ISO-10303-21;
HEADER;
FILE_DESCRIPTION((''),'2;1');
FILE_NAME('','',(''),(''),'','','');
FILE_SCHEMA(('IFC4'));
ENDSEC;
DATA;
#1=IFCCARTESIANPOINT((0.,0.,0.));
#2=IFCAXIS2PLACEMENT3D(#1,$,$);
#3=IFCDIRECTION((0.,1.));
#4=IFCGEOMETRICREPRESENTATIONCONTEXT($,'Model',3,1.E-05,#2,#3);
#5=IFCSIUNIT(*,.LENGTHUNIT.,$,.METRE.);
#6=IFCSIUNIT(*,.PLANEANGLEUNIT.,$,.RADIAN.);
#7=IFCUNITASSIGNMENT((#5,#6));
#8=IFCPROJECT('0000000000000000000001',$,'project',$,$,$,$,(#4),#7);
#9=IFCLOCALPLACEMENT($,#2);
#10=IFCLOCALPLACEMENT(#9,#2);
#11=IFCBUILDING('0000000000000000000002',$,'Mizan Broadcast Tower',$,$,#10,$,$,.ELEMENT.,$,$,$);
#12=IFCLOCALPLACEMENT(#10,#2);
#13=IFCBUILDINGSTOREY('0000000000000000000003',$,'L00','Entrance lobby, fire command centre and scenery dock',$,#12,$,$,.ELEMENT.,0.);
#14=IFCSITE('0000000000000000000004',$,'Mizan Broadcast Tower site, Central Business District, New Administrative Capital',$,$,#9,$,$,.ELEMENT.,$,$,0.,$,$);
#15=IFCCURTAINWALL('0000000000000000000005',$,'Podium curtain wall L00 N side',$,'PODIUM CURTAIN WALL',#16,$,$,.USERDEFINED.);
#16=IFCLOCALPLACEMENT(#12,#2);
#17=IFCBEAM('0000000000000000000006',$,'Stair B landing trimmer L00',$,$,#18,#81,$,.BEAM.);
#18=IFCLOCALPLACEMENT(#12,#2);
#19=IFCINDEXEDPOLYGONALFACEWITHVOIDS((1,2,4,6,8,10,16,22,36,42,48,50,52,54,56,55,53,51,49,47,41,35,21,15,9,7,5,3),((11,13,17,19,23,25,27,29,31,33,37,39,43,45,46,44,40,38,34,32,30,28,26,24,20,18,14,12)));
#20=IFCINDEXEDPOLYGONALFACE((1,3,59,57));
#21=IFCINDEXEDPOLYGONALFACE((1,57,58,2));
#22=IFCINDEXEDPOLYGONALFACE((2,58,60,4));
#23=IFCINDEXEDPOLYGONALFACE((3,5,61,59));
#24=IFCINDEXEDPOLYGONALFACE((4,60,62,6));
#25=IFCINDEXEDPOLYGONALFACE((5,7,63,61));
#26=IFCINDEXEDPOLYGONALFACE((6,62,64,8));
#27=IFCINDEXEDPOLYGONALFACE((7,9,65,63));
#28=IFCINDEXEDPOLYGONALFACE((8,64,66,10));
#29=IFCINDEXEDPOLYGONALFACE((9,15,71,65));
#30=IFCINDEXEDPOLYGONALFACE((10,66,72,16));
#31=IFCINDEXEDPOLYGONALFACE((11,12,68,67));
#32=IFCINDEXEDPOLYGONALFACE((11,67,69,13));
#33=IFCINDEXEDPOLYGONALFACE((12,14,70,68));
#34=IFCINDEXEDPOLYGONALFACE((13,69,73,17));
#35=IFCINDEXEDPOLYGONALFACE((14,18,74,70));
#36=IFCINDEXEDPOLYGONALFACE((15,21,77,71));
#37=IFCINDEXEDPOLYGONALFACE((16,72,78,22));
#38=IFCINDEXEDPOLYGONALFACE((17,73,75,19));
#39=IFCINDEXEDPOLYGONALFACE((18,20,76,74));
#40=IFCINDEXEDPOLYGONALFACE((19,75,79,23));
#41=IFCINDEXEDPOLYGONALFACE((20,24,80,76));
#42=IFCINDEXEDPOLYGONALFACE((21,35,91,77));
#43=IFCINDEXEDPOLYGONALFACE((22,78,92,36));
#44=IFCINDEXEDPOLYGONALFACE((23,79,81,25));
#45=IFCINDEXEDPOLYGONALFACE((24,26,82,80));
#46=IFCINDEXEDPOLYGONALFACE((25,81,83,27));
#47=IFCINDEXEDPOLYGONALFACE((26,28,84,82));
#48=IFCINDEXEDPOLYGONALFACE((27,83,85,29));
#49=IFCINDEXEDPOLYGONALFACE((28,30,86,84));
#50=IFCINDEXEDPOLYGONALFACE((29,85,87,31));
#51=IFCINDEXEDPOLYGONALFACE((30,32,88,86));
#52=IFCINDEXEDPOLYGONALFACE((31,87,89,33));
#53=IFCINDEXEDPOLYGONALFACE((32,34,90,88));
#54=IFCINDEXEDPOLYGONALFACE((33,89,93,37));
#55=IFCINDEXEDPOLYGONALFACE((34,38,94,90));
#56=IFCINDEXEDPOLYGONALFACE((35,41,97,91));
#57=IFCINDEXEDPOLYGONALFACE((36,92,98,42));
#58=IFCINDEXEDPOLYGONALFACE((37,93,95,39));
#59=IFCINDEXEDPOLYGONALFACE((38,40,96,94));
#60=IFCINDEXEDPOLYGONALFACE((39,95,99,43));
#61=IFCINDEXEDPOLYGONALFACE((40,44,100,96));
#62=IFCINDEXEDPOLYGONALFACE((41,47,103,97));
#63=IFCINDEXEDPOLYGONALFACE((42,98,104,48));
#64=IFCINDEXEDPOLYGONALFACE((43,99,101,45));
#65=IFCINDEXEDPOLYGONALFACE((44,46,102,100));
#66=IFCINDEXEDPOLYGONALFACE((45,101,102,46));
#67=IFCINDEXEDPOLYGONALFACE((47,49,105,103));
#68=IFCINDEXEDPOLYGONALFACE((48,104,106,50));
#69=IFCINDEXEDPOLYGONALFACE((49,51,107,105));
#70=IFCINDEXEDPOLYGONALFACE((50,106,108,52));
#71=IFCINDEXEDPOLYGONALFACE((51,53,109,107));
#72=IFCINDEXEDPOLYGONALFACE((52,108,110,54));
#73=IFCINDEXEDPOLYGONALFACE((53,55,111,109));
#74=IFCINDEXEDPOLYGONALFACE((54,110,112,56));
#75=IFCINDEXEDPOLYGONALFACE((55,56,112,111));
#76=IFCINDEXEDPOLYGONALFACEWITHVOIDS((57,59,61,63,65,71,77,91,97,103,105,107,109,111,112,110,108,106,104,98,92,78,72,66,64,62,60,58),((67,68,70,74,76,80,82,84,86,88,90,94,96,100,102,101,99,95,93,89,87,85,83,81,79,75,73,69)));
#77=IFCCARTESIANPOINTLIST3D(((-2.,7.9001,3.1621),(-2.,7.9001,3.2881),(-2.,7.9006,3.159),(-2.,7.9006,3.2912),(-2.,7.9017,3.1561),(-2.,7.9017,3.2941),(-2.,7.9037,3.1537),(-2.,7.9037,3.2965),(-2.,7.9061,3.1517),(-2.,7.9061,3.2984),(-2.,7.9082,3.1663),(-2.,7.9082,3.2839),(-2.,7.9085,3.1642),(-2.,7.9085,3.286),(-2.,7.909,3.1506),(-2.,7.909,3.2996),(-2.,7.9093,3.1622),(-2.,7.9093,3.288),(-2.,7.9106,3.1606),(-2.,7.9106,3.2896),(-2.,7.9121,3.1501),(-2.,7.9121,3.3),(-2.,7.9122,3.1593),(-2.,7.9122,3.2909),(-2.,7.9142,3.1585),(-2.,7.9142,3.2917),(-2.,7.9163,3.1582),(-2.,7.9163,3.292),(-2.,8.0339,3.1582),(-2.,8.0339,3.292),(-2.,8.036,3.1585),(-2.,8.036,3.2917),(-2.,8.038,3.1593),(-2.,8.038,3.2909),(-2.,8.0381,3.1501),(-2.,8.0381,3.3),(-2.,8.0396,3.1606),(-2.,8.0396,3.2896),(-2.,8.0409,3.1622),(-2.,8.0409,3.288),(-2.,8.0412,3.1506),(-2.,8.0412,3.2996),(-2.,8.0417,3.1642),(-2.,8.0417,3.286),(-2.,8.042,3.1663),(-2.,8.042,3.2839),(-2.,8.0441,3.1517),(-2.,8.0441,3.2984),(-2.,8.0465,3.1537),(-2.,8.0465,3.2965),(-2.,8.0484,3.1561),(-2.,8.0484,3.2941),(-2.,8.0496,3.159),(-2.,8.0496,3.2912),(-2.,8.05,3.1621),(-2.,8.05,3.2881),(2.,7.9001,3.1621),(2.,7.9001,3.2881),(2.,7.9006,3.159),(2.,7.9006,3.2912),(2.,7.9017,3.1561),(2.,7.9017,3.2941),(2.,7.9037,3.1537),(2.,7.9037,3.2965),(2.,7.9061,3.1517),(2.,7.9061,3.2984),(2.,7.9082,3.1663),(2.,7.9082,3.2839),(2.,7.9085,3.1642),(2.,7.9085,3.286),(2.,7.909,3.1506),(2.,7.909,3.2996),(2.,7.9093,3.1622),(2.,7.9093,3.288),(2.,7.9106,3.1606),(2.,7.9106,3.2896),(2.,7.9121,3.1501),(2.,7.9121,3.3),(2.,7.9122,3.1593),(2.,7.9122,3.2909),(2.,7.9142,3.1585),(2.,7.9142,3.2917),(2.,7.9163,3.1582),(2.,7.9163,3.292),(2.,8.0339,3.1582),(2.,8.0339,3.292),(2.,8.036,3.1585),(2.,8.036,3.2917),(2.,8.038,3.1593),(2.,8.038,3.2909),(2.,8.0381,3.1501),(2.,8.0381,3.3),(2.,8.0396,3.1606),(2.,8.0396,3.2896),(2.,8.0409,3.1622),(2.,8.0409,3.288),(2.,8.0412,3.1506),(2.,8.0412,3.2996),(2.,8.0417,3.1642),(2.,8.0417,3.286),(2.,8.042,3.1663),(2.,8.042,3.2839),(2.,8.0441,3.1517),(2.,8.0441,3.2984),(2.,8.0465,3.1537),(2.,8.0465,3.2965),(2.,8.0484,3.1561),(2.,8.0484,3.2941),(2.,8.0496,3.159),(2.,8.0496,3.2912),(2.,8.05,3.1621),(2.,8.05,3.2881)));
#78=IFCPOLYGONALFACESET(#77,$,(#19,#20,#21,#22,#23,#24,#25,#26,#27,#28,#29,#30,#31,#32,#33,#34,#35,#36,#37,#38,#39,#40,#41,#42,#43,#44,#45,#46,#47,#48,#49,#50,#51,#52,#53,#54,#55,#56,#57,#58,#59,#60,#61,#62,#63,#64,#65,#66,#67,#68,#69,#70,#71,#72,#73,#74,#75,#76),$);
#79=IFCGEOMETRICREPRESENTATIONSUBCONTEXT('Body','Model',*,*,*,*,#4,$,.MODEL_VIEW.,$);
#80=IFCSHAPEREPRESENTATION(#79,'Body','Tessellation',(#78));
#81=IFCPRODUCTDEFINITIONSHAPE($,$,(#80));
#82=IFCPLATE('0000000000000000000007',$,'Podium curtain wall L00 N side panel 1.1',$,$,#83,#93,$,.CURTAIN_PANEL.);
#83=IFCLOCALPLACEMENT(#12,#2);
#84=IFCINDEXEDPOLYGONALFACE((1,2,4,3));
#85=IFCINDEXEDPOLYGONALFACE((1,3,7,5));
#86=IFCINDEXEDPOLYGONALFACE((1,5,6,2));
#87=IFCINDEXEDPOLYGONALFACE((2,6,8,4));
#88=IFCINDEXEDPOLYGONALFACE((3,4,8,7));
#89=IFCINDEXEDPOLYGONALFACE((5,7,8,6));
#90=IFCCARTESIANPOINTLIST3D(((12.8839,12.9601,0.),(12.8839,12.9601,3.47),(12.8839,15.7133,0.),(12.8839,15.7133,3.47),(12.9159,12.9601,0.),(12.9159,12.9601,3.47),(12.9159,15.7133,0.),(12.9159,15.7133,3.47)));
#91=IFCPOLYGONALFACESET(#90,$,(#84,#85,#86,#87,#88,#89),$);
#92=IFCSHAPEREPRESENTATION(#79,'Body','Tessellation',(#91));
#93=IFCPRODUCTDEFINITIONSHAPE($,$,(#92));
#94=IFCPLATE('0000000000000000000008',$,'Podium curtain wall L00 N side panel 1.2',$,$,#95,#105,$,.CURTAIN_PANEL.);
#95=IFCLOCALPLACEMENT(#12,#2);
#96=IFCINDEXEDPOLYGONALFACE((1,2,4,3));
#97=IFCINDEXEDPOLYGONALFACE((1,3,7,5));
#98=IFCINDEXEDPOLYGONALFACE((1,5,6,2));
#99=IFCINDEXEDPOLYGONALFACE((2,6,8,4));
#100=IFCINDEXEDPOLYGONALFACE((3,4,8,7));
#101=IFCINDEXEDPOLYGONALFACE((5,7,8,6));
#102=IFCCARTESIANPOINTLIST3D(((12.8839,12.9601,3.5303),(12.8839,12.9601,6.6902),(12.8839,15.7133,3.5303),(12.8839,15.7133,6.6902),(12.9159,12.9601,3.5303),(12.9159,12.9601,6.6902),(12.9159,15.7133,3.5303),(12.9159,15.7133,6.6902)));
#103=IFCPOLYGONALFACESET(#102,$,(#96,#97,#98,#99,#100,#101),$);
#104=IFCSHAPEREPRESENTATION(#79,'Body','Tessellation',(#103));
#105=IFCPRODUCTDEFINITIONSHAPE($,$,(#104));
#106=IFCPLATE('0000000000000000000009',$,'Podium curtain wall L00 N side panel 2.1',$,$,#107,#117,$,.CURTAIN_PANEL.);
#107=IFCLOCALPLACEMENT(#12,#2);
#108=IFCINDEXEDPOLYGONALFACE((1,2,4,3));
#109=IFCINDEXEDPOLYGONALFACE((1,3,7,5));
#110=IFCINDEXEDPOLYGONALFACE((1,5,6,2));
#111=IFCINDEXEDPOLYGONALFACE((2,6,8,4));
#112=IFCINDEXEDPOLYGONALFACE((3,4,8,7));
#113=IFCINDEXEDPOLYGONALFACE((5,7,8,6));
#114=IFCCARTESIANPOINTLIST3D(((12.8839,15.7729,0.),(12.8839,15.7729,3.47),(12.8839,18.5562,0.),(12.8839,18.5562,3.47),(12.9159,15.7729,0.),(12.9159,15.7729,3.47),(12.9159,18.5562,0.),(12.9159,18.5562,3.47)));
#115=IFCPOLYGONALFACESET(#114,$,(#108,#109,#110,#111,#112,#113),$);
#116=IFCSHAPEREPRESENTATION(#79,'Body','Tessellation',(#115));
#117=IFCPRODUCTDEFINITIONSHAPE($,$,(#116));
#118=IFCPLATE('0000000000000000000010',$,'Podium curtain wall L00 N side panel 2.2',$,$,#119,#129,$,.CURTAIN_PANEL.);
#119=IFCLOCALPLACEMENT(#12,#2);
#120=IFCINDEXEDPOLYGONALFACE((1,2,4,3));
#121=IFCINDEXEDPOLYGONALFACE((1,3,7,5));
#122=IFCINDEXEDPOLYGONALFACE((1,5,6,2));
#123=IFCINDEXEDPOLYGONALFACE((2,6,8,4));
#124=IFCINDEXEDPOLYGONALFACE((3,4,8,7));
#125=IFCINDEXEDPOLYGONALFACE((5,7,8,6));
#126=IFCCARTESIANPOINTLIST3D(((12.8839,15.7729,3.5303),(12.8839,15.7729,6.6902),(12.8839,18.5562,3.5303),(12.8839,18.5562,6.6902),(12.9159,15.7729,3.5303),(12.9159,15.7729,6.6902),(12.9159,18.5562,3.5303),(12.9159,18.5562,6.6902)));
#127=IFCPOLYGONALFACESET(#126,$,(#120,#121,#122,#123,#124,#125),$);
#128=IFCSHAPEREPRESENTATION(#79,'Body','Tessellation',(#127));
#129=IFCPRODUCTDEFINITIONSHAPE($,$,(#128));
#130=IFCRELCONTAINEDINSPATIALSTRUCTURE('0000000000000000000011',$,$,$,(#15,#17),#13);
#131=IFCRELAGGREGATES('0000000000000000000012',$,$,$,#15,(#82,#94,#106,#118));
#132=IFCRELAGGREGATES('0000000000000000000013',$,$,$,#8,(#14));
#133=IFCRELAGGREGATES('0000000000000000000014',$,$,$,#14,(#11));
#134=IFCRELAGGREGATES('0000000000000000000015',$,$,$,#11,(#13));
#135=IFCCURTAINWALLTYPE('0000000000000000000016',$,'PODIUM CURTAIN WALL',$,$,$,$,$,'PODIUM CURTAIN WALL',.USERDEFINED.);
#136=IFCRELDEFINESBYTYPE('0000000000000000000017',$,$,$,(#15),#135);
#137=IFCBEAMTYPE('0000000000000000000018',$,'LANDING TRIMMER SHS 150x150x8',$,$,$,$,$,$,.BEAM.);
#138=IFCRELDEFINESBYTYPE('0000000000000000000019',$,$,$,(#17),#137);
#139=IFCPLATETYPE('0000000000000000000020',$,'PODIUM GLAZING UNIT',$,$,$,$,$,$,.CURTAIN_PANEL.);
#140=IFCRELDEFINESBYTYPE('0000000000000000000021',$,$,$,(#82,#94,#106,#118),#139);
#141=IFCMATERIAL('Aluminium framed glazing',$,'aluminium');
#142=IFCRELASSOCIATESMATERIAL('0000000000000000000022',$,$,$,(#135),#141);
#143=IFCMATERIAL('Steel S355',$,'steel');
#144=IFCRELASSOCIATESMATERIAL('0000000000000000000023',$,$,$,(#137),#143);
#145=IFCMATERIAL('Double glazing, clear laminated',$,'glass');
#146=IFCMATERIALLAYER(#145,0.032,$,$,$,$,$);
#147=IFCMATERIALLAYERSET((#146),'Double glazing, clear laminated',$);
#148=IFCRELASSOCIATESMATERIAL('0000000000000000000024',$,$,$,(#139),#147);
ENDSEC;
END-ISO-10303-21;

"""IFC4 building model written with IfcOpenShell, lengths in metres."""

from ifc_helpers import new_model, si_unit, direction, frame, origin, origin_2d, place, context, subcontext, project, spatial, rectangle, hollow_rectangle, extrude, material, layer, layer_set, material_profile, profile_set, type_object, element, aggregate, save


model = new_model("IFC4")

# Units and contexts
model_context = context("Model", 3, precision=1e-05, world=origin(), true_north=direction((0.0, 1.0)))
body_context = subcontext(model_context, "Body", "Model", "MODEL_VIEW")
ifc_project = project(units=[si_unit("LENGTHUNIT", "METRE"), si_unit("PLANEANGLEUNIT", "RADIAN")], contexts=[model_context])

# Site, building, storey
site_placement = place(None, origin())
site = spatial("IfcSite", under=ifc_project, at=site_placement, Name="Mizan Broadcast Tower site, Central Business District, New Administrative Capital", CompositionType="ELEMENT", RefElevation=0.0)
building_placement = place(site_placement, origin())
building = spatial("IfcBuilding", under=site, at=building_placement, Name="Mizan Broadcast Tower", CompositionType="ELEMENT")
storey_placement = place(building_placement, origin())
storey = spatial("IfcBuildingStorey", under=building, at=storey_placement, Name="L00", Description="Entrance lobby, fire command centre and scenery dock", CompositionType="ELEMENT", Elevation=0.0)

# Curtain wall
ifc_material_1 = material(Name="Aluminium framed glazing", Category="aluminium")
curtain_wall_type = type_object("IfcCurtainWallType", Name="PODIUM CURTAIN WALL", ElementType="PODIUM CURTAIN WALL", PredefinedType="USERDEFINED", material=ifc_material_1)
curtain_wall_placement = place(storey_placement, origin())
curtain_wall = element("IfcCurtainWall", 1, at=curtain_wall_placement, inside=storey, type_object=curtain_wall_type, Name="Podium curtain wall L00 N side", ObjectType="PODIUM CURTAIN WALL", PredefinedType="USERDEFINED")

# Beam
ifc_material_2 = material(Name="Steel S355", Category="steel")
ifc_material_profile_1 = material_profile(ifc_material_2, hollow_rectangle(XDim=0.1499, YDim=0.1499, WallThickness=0.0081, InnerFilletRadius=0.0081, OuterFilletRadius=0.012, at=origin_2d()), Name="SHS 150x150x8")
ifc_profile_set_1 = profile_set([ifc_material_profile_1], Name="Steel S355")
beam_type = type_object("IfcBeamType", Name="LANDING TRIMMER SHS 150x150x8", PredefinedType="BEAM", material=ifc_profile_set_1)
for number, where, z_axis, x_axis, name in (
    (2, (2.0, 7.9751, 3.2251), (-1.0, 0.0, 0.0), (0.0, -1.0, 0.0), "Stair B landing trimmer L00"),
):
    element("IfcBeam", number, at=place(storey_placement, frame(where, z_axis=z_axis, x_axis=x_axis)), inside=storey, type_object=beam_type, Name=name, PredefinedType="BEAM", context=body_context, shape_type="SweptSolid", body=[
        extrude(hollow_rectangle(XDim=0.1499, YDim=0.1499, WallThickness=0.0081, InnerFilletRadius=0.0081, OuterFilletRadius=0.012, at=origin_2d()), origin(), (0.0, 0.0, 1.0), 4.0),
    ])

# Plates
ifc_material_3 = material(Name="Double glazing, clear laminated", Category="glass")
ifc_layer_1 = layer(ifc_material_3, 0.032)
ifc_layer_set_1 = layer_set([ifc_layer_1], Name="Double glazing, clear laminated")
plate_type = type_object("IfcPlateType", Name="PODIUM GLAZING UNIT", PredefinedType="CURTAIN_PANEL", material=ifc_layer_set_1)
plate_1_placement = place(storey_placement, frame((12.8999, 14.3367, 0.0), z_axis=(0.0, 0.0, 1.0), x_axis=(0.0, 1.0, 0.0)))
plate_1 = element("IfcPlate", 3, at=plate_1_placement, type_object=plate_type, Name="Podium curtain wall L00 N side panel 1.1", PredefinedType="CURTAIN_PANEL", context=body_context, shape_type="SweptSolid", body=[
    extrude(rectangle(XDim=2.7532, YDim=0.032, at=origin_2d()), origin(), (0.0, 0.0, 1.0), 3.47),
])
plate_2_placement = place(storey_placement, frame((12.8999, 14.3367, 3.5303), z_axis=(0.0, 0.0, 1.0), x_axis=(0.0, 1.0, 0.0)))
plate_2 = element("IfcPlate", 4, at=plate_2_placement, type_object=plate_type, Name="Podium curtain wall L00 N side panel 1.2", PredefinedType="CURTAIN_PANEL", context=body_context, shape_type="SweptSolid", body=[
    extrude(rectangle(XDim=2.7532, YDim=0.032, at=origin_2d()), origin(), (0.0, 0.0, 1.0), 3.1599),
])
plate_3_placement = place(storey_placement, frame((12.8999, 17.1646, 0.0), z_axis=(0.0, 0.0, 1.0), x_axis=(0.0, 1.0, 0.0)))
plate_3 = element("IfcPlate", 5, at=plate_3_placement, type_object=plate_type, Name="Podium curtain wall L00 N side panel 2.1", PredefinedType="CURTAIN_PANEL", context=body_context, shape_type="SweptSolid", body=[
    extrude(rectangle(XDim=2.7832, YDim=0.032, at=origin_2d()), origin(), (0.0, 0.0, 1.0), 3.47),
])
plate_4_placement = place(storey_placement, frame((12.8999, 17.1646, 3.5303), z_axis=(0.0, 0.0, 1.0), x_axis=(0.0, 1.0, 0.0)))
plate_4 = element("IfcPlate", 6, at=plate_4_placement, type_object=plate_type, Name="Podium curtain wall L00 N side panel 2.2", PredefinedType="CURTAIN_PANEL", context=body_context, shape_type="SweptSolid", body=[
    extrude(rectangle(XDim=2.7832, YDim=0.032, at=origin_2d()), origin(), (0.0, 0.0, 1.0), 3.1599),
])
aggregate(curtain_wall, [plate_1, plate_2, plate_3, plate_4])

save(model, "model.ifc")
